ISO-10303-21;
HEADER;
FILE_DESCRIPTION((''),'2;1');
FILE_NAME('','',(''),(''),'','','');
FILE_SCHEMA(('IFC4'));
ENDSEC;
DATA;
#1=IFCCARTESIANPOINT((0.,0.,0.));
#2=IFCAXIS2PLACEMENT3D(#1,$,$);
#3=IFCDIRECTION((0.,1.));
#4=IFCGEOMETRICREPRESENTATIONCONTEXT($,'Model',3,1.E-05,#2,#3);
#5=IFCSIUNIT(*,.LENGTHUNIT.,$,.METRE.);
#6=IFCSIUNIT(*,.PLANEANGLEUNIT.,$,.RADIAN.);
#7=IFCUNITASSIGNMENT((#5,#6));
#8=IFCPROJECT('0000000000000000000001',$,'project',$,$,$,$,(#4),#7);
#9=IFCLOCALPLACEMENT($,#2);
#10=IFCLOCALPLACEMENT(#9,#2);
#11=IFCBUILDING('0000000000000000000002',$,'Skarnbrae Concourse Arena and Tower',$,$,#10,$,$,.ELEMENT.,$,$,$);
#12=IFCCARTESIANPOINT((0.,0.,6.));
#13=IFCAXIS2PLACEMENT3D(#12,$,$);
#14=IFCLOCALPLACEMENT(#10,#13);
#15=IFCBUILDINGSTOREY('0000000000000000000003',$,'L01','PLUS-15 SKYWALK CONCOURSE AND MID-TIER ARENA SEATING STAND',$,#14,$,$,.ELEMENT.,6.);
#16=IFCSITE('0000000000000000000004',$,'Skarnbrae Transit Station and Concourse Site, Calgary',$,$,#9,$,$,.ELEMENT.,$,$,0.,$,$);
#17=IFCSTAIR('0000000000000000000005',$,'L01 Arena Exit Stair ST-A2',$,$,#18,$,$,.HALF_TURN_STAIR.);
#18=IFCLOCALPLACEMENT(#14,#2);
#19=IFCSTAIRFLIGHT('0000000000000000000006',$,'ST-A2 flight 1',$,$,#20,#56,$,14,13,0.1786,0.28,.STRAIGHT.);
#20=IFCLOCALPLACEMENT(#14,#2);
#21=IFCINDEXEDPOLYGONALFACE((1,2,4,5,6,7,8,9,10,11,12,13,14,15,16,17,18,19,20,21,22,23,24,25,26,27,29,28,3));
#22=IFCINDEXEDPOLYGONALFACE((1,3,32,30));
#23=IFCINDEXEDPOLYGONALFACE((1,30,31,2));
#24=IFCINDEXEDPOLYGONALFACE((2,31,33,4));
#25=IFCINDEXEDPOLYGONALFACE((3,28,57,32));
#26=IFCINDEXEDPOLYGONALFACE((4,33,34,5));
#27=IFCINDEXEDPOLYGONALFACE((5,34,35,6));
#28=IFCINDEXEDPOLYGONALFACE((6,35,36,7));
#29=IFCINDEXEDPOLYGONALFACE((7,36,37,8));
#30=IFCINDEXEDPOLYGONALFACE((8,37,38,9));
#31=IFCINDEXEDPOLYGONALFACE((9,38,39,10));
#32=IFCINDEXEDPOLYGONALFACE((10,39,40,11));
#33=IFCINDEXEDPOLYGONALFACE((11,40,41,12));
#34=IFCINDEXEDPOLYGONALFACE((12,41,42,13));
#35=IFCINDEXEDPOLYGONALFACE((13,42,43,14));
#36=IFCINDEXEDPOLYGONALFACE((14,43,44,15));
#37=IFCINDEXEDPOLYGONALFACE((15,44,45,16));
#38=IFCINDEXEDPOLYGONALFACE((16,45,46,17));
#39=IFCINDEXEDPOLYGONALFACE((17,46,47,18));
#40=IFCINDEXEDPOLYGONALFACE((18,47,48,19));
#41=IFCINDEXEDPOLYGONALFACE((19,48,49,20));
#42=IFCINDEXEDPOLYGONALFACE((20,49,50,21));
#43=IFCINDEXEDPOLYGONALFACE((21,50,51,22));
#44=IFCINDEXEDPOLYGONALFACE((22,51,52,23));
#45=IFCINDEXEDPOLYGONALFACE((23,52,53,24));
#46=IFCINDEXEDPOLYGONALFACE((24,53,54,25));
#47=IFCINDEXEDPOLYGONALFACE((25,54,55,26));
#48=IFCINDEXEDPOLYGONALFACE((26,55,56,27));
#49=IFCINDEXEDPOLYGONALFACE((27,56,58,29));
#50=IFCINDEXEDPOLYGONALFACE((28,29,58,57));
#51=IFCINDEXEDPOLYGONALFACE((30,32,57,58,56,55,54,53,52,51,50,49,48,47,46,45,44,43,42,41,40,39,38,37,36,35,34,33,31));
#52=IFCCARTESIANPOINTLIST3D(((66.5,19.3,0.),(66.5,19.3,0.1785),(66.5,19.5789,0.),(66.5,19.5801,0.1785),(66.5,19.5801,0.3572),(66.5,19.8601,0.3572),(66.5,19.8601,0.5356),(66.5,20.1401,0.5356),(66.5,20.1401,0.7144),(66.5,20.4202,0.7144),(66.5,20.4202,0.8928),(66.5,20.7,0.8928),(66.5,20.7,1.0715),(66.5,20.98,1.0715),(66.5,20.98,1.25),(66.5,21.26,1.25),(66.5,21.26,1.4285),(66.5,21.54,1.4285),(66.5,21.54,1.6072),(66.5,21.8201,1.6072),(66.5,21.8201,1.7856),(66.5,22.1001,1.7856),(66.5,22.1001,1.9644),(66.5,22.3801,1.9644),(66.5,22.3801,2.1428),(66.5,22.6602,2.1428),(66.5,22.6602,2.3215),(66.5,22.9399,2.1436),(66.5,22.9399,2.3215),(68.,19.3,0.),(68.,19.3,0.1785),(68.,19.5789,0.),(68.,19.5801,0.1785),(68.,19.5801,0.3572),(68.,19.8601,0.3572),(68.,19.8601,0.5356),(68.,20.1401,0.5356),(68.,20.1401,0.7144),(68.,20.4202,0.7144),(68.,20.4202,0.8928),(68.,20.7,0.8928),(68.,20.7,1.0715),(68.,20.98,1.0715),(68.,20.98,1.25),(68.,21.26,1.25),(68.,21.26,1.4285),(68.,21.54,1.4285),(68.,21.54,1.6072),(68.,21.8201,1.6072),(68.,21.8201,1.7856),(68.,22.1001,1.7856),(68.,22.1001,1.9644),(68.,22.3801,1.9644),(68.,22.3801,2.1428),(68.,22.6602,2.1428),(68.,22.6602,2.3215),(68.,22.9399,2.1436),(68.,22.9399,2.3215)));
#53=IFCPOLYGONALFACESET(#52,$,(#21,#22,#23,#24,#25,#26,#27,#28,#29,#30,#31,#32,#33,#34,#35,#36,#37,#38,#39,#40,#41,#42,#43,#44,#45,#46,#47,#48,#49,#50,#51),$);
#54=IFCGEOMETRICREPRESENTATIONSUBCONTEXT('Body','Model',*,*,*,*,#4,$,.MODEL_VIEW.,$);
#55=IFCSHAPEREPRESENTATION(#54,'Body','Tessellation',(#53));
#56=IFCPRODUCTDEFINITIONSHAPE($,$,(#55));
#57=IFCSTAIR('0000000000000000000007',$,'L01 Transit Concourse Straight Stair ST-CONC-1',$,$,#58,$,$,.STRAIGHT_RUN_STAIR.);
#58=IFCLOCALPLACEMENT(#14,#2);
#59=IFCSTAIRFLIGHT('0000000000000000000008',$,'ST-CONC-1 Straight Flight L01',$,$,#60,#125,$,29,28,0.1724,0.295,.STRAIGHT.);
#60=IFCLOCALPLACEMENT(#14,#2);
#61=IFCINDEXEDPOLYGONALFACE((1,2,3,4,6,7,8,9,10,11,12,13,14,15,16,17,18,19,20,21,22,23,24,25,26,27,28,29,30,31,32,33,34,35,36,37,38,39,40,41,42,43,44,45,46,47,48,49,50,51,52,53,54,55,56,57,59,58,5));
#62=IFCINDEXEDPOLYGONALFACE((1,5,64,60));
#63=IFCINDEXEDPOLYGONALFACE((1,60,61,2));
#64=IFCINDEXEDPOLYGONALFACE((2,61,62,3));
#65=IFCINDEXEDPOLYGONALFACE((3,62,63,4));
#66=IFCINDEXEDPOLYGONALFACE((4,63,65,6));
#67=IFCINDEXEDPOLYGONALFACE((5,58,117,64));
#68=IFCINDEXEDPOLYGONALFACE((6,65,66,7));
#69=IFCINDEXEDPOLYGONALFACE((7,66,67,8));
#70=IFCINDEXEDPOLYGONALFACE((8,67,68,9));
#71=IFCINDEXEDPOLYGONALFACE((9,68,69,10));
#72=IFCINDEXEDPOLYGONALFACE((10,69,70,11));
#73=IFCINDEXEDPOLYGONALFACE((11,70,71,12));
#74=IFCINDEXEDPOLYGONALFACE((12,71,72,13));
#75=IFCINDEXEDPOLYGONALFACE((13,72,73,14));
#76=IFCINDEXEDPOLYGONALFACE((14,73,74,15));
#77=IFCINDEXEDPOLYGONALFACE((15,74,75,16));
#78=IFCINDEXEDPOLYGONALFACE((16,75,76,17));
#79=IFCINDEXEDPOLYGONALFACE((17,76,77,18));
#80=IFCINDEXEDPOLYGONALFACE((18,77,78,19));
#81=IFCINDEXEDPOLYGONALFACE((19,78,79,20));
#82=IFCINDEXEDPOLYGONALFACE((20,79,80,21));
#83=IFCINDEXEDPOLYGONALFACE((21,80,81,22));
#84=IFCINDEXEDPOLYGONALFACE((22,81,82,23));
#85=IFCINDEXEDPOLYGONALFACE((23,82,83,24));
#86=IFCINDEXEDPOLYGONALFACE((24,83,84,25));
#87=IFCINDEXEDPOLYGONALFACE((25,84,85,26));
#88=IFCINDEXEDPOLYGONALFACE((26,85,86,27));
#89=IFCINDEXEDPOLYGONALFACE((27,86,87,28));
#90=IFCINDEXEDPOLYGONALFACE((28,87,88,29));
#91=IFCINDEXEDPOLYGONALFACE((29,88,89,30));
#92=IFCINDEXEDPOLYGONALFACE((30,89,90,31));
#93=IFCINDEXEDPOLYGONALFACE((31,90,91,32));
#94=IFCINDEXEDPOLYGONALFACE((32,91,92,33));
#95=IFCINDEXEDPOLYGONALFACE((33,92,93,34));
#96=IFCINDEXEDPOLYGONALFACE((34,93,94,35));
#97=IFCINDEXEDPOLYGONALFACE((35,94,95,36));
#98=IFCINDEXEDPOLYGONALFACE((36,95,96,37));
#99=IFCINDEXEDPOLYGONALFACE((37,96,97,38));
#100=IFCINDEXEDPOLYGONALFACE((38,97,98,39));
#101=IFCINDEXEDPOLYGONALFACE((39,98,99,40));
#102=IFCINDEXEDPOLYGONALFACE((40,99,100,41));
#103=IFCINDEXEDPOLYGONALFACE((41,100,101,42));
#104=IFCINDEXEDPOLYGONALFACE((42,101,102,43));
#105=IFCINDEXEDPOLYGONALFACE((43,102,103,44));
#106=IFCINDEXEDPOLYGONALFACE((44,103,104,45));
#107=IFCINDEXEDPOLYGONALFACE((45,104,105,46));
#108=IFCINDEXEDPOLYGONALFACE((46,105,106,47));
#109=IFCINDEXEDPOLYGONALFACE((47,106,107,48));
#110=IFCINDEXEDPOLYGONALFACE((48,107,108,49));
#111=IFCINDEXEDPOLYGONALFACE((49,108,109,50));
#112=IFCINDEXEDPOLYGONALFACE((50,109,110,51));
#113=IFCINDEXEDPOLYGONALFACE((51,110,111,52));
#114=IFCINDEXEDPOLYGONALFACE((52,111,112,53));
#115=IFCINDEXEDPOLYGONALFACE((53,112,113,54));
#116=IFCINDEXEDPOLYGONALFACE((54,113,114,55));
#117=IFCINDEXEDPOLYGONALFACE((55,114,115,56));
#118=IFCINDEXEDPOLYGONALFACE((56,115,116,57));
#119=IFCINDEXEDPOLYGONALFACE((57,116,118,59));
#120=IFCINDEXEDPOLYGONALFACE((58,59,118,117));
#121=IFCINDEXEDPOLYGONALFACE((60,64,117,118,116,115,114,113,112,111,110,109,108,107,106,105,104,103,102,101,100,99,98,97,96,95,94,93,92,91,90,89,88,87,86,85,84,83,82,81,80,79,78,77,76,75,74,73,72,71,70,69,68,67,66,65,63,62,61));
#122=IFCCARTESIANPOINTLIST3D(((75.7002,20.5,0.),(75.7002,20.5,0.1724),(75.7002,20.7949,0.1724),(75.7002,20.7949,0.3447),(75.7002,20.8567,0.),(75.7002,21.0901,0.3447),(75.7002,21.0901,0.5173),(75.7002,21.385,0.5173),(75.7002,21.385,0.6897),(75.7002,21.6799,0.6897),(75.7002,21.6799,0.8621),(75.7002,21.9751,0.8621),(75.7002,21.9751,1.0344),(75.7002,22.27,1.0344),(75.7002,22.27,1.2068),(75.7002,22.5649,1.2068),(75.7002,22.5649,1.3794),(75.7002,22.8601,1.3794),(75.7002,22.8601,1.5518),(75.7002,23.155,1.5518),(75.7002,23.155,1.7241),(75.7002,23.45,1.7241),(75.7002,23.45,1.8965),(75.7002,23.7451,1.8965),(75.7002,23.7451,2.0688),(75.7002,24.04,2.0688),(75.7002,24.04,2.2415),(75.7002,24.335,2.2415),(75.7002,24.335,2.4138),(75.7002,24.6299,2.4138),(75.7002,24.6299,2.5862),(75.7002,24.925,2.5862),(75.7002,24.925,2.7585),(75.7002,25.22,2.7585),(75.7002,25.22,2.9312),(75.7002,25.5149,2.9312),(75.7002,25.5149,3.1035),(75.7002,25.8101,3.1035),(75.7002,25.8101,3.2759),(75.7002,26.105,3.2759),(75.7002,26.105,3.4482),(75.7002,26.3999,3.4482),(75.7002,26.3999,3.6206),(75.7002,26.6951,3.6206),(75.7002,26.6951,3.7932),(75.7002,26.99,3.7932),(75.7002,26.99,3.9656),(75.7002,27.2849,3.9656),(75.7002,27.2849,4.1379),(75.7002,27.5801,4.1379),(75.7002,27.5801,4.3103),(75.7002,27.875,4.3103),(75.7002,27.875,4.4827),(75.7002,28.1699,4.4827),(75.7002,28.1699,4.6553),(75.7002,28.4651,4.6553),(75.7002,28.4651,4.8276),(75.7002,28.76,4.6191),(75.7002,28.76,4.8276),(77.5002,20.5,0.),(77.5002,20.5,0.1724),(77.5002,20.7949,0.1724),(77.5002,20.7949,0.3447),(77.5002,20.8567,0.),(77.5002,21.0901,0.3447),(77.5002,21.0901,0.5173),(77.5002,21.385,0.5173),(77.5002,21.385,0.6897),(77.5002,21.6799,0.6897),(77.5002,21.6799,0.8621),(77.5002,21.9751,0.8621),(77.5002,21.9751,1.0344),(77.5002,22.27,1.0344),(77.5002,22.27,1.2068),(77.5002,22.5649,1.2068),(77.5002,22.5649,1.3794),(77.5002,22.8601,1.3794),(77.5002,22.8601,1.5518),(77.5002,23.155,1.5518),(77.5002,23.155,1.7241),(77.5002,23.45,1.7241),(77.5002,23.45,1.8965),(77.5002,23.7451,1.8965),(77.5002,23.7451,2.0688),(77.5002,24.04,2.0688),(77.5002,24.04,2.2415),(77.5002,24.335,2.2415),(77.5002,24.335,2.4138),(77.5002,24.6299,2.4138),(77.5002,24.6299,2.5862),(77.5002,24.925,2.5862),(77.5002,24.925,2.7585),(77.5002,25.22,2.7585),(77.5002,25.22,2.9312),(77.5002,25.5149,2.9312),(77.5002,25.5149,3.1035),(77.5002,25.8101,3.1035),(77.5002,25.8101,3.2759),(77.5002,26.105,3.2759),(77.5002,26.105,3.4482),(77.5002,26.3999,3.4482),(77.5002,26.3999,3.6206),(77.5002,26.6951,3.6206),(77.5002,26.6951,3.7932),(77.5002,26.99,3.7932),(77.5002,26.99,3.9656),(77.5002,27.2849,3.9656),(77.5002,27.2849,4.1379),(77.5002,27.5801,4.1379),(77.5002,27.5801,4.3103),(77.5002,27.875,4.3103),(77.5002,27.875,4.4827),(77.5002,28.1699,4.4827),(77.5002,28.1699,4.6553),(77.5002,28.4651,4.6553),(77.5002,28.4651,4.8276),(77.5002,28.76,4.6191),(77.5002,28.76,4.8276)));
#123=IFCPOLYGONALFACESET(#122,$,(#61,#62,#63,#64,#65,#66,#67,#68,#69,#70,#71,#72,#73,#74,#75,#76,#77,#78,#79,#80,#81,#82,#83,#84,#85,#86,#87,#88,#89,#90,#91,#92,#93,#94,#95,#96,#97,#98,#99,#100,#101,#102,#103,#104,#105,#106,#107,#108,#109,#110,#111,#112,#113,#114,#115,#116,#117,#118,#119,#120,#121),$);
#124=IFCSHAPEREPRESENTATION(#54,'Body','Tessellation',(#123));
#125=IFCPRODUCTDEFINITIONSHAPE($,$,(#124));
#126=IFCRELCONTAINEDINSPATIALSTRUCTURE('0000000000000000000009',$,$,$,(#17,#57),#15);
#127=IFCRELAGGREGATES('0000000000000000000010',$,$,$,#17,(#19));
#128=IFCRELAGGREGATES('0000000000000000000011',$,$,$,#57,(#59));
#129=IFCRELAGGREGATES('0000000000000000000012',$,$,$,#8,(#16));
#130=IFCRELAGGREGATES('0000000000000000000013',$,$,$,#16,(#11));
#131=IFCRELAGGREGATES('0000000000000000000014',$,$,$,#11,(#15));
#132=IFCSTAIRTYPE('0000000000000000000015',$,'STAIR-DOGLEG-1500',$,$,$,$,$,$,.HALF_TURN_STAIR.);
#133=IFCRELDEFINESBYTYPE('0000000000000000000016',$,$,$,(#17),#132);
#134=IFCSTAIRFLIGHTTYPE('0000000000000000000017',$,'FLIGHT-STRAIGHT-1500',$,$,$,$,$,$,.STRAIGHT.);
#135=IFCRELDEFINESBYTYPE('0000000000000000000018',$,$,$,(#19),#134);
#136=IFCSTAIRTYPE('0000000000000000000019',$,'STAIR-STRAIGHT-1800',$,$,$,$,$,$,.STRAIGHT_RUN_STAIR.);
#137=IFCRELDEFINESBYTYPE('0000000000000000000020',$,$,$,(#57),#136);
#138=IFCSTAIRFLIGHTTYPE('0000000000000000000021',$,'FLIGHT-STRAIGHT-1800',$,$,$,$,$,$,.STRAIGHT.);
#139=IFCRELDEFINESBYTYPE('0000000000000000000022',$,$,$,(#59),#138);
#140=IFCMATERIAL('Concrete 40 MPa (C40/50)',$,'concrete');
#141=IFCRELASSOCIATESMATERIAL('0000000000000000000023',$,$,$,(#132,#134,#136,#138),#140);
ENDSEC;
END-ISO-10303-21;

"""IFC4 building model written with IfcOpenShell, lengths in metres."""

from ifc_helpers import new_model, si_unit, direction, frame, origin, place, context, subcontext, project, spatial, polyline, outline, extrude, source, transform, mapped, material, type_object, element, aggregate, save


model = new_model("IFC4")

# Units and contexts
model_context = context("Model", 3, precision=1e-05, world=origin(), true_north=direction((0.0, 1.0)))
body_context = subcontext(model_context, "Body", "Model", "MODEL_VIEW")
ifc_project = project(units=[si_unit("LENGTHUNIT", "METRE"), si_unit("PLANEANGLEUNIT", "RADIAN")], contexts=[model_context])

# Site, building, storey
site_placement = place(None, origin())
site = spatial("IfcSite", under=ifc_project, at=site_placement, Name="Skarnbrae Transit Station and Concourse Site, Calgary", CompositionType="ELEMENT", RefElevation=0.0)
building_placement = place(site_placement, origin())
building = spatial("IfcBuilding", under=site, at=building_placement, Name="Skarnbrae Concourse Arena and Tower", CompositionType="ELEMENT")
storey_placement = place(building_placement, frame((0.0, 0.0, 6.0)))
storey = spatial("IfcBuildingStorey", under=building, at=storey_placement, Name="L01", Description="PLUS-15 SKYWALK CONCOURSE AND MID-TIER ARENA SEATING STAND", CompositionType="ELEMENT", Elevation=6.0)

# Stairs, stair flights
ifc_material_1 = material(Name="Concrete 40 MPa (C40/50)", Category="concrete")
stair_type_1 = type_object("IfcStairType", Name="STAIR-DOGLEG-1500", PredefinedType="HALF_TURN_STAIR", material=ifc_material_1)
stair_1_placement = place(storey_placement, origin())
stair_1 = element("IfcStair", 1, at=stair_1_placement, inside=storey, type_object=stair_type_1, Name="L01 Arena Exit Stair ST-A2", PredefinedType="HALF_TURN_STAIR")
stair_flight_type_1 = type_object("IfcStairFlightType", Name="FLIGHT-STRAIGHT-1500", PredefinedType="STRAIGHT", material=ifc_material_1)
shared_shape_1 = source(origin(), body_context, "Body", "SweptSolid", [
    extrude(outline(polyline([(0.0, 0.0), (0.0, 0.1785), (0.28, 0.1785), (0.28, 0.3572), (0.5601, 0.3572), (0.5601, 0.5356), (0.8401, 0.5356), (0.8401, 0.7144), (1.1201, 0.7144), (1.1201, 0.8928), (1.3999, 0.8928), (1.3999, 1.0715), (1.6799, 1.0715), (1.6799, 1.25), (1.96, 1.25), (1.96, 1.4285), (2.24, 1.4285), (2.24, 1.6072), (2.52, 1.6072), (2.52, 1.7856), (2.8, 1.7856), (2.8, 1.9644), (3.0801, 1.9644), (3.0801, 2.1428), (3.3601, 2.1428), (3.3601, 2.3215), (3.6399, 2.3215), (3.6399, 2.5), (3.6399, 2.1436), (0.2788, 0.0), (0.0, 0.0)])), frame((0.0, 0.75, 0.0), z_axis=(0.0, -1.0, 0.0), x_axis=(1.0, 0.0, 0.0)), (0.0, 0.0, 1.0), 1.5),
])
stair_flight_1_placement = place(storey_placement, frame((67.25, 19.3, 0.0), z_axis=(0.0, 0.0, 1.0), x_axis=(0.0, 1.0, 0.0)))
stair_flight_1 = element("IfcStairFlight", 2, at=stair_flight_1_placement, type_object=stair_flight_type_1, Name="ST-A2 flight 1", NumberOfRisers=14, NumberOfTreads=13, PredefinedType="STRAIGHT", RiserHeight=0.1786, TreadLength=0.28, context=body_context, shape_type="MappedRepresentation", body=[
    mapped(shared_shape_1, transform((0.0, 0.0, 0.0))),
])
aggregate(stair_1, [stair_flight_1])
stair_type_2 = type_object("IfcStairType", Name="STAIR-STRAIGHT-1800", PredefinedType="STRAIGHT_RUN_STAIR", material=ifc_material_1)
stair_2_placement = place(storey_placement, origin())
stair_2 = element("IfcStair", 3, at=stair_2_placement, inside=storey, type_object=stair_type_2, Name="L01 Transit Concourse Straight Stair ST-CONC-1", PredefinedType="STRAIGHT_RUN_STAIR")
stair_flight_type_2 = type_object("IfcStairFlightType", Name="FLIGHT-STRAIGHT-1800", PredefinedType="STRAIGHT", material=ifc_material_1)
shared_shape_2 = source(origin(), body_context, "Body", "SweptSolid", [
    extrude(outline(polyline([(0.0, 0.0), (0.0, 0.1724), (0.2949, 0.1724), (0.2949, 0.3447), (0.5901, 0.3447), (0.5901, 0.5173), (0.885, 0.5173), (0.885, 0.6897), (1.1799, 0.6897), (1.1799, 0.8621), (1.4751, 0.8621), (1.4751, 1.0344), (1.77, 1.0344), (1.77, 1.2068), (2.0649, 1.2068), (2.0649, 1.3794), (2.3601, 1.3794), (2.3601, 1.5518), (2.655, 1.5518), (2.655, 1.7241), (2.95, 1.7241), (2.95, 1.8965), (3.2451, 1.8965), (3.2451, 2.0688), (3.54, 2.0688), (3.54, 2.2415), (3.835, 2.2415), (3.835, 2.4138), (4.1299, 2.4138), (4.1299, 2.5862), (4.425, 2.5862), (4.425, 2.7585), (4.72, 2.7585), (4.72, 2.9312), (5.0149, 2.9312), (5.0149, 3.1035), (5.3101, 3.1035), (5.3101, 3.2759), (5.605, 3.2759), (5.605, 3.4482), (5.8999, 3.4482), (5.8999, 3.6206), (6.1951, 3.6206), (6.1951, 3.7932), (6.49, 3.7932), (6.49, 3.9656), (6.7849, 3.9656), (6.7849, 4.1379), (7.0801, 4.1379), (7.0801, 4.3103), (7.375, 4.3103), (7.375, 4.4827), (7.6699, 4.4827), (7.6699, 4.6553), (7.9651, 4.6553), (7.9651, 4.8276), (8.26, 4.8276), (8.26, 5.0), (8.26, 4.6191), (0.3567, 0.0), (0.0, 0.0)])), frame((0.0, 0.8999, 0.0), z_axis=(0.0, -1.0, 0.0), x_axis=(1.0, 0.0, 0.0)), (0.0, 0.0, 1.0), 1.8),
])
stair_flight_2_placement = place(storey_placement, frame((76.6001, 20.5, 0.0), z_axis=(0.0, 0.0, 1.0), x_axis=(0.0, 1.0, 0.0)))
stair_flight_2 = element("IfcStairFlight", 4, at=stair_flight_2_placement, type_object=stair_flight_type_2, Name="ST-CONC-1 Straight Flight L01", NumberOfRisers=29, NumberOfTreads=28, PredefinedType="STRAIGHT", RiserHeight=0.1724, TreadLength=0.295, context=body_context, shape_type="MappedRepresentation", body=[
    mapped(shared_shape_2, transform((0.0, 0.0, 0.0))),
])
aggregate(stair_2, [stair_flight_2])

save(model, "model.ifc")
